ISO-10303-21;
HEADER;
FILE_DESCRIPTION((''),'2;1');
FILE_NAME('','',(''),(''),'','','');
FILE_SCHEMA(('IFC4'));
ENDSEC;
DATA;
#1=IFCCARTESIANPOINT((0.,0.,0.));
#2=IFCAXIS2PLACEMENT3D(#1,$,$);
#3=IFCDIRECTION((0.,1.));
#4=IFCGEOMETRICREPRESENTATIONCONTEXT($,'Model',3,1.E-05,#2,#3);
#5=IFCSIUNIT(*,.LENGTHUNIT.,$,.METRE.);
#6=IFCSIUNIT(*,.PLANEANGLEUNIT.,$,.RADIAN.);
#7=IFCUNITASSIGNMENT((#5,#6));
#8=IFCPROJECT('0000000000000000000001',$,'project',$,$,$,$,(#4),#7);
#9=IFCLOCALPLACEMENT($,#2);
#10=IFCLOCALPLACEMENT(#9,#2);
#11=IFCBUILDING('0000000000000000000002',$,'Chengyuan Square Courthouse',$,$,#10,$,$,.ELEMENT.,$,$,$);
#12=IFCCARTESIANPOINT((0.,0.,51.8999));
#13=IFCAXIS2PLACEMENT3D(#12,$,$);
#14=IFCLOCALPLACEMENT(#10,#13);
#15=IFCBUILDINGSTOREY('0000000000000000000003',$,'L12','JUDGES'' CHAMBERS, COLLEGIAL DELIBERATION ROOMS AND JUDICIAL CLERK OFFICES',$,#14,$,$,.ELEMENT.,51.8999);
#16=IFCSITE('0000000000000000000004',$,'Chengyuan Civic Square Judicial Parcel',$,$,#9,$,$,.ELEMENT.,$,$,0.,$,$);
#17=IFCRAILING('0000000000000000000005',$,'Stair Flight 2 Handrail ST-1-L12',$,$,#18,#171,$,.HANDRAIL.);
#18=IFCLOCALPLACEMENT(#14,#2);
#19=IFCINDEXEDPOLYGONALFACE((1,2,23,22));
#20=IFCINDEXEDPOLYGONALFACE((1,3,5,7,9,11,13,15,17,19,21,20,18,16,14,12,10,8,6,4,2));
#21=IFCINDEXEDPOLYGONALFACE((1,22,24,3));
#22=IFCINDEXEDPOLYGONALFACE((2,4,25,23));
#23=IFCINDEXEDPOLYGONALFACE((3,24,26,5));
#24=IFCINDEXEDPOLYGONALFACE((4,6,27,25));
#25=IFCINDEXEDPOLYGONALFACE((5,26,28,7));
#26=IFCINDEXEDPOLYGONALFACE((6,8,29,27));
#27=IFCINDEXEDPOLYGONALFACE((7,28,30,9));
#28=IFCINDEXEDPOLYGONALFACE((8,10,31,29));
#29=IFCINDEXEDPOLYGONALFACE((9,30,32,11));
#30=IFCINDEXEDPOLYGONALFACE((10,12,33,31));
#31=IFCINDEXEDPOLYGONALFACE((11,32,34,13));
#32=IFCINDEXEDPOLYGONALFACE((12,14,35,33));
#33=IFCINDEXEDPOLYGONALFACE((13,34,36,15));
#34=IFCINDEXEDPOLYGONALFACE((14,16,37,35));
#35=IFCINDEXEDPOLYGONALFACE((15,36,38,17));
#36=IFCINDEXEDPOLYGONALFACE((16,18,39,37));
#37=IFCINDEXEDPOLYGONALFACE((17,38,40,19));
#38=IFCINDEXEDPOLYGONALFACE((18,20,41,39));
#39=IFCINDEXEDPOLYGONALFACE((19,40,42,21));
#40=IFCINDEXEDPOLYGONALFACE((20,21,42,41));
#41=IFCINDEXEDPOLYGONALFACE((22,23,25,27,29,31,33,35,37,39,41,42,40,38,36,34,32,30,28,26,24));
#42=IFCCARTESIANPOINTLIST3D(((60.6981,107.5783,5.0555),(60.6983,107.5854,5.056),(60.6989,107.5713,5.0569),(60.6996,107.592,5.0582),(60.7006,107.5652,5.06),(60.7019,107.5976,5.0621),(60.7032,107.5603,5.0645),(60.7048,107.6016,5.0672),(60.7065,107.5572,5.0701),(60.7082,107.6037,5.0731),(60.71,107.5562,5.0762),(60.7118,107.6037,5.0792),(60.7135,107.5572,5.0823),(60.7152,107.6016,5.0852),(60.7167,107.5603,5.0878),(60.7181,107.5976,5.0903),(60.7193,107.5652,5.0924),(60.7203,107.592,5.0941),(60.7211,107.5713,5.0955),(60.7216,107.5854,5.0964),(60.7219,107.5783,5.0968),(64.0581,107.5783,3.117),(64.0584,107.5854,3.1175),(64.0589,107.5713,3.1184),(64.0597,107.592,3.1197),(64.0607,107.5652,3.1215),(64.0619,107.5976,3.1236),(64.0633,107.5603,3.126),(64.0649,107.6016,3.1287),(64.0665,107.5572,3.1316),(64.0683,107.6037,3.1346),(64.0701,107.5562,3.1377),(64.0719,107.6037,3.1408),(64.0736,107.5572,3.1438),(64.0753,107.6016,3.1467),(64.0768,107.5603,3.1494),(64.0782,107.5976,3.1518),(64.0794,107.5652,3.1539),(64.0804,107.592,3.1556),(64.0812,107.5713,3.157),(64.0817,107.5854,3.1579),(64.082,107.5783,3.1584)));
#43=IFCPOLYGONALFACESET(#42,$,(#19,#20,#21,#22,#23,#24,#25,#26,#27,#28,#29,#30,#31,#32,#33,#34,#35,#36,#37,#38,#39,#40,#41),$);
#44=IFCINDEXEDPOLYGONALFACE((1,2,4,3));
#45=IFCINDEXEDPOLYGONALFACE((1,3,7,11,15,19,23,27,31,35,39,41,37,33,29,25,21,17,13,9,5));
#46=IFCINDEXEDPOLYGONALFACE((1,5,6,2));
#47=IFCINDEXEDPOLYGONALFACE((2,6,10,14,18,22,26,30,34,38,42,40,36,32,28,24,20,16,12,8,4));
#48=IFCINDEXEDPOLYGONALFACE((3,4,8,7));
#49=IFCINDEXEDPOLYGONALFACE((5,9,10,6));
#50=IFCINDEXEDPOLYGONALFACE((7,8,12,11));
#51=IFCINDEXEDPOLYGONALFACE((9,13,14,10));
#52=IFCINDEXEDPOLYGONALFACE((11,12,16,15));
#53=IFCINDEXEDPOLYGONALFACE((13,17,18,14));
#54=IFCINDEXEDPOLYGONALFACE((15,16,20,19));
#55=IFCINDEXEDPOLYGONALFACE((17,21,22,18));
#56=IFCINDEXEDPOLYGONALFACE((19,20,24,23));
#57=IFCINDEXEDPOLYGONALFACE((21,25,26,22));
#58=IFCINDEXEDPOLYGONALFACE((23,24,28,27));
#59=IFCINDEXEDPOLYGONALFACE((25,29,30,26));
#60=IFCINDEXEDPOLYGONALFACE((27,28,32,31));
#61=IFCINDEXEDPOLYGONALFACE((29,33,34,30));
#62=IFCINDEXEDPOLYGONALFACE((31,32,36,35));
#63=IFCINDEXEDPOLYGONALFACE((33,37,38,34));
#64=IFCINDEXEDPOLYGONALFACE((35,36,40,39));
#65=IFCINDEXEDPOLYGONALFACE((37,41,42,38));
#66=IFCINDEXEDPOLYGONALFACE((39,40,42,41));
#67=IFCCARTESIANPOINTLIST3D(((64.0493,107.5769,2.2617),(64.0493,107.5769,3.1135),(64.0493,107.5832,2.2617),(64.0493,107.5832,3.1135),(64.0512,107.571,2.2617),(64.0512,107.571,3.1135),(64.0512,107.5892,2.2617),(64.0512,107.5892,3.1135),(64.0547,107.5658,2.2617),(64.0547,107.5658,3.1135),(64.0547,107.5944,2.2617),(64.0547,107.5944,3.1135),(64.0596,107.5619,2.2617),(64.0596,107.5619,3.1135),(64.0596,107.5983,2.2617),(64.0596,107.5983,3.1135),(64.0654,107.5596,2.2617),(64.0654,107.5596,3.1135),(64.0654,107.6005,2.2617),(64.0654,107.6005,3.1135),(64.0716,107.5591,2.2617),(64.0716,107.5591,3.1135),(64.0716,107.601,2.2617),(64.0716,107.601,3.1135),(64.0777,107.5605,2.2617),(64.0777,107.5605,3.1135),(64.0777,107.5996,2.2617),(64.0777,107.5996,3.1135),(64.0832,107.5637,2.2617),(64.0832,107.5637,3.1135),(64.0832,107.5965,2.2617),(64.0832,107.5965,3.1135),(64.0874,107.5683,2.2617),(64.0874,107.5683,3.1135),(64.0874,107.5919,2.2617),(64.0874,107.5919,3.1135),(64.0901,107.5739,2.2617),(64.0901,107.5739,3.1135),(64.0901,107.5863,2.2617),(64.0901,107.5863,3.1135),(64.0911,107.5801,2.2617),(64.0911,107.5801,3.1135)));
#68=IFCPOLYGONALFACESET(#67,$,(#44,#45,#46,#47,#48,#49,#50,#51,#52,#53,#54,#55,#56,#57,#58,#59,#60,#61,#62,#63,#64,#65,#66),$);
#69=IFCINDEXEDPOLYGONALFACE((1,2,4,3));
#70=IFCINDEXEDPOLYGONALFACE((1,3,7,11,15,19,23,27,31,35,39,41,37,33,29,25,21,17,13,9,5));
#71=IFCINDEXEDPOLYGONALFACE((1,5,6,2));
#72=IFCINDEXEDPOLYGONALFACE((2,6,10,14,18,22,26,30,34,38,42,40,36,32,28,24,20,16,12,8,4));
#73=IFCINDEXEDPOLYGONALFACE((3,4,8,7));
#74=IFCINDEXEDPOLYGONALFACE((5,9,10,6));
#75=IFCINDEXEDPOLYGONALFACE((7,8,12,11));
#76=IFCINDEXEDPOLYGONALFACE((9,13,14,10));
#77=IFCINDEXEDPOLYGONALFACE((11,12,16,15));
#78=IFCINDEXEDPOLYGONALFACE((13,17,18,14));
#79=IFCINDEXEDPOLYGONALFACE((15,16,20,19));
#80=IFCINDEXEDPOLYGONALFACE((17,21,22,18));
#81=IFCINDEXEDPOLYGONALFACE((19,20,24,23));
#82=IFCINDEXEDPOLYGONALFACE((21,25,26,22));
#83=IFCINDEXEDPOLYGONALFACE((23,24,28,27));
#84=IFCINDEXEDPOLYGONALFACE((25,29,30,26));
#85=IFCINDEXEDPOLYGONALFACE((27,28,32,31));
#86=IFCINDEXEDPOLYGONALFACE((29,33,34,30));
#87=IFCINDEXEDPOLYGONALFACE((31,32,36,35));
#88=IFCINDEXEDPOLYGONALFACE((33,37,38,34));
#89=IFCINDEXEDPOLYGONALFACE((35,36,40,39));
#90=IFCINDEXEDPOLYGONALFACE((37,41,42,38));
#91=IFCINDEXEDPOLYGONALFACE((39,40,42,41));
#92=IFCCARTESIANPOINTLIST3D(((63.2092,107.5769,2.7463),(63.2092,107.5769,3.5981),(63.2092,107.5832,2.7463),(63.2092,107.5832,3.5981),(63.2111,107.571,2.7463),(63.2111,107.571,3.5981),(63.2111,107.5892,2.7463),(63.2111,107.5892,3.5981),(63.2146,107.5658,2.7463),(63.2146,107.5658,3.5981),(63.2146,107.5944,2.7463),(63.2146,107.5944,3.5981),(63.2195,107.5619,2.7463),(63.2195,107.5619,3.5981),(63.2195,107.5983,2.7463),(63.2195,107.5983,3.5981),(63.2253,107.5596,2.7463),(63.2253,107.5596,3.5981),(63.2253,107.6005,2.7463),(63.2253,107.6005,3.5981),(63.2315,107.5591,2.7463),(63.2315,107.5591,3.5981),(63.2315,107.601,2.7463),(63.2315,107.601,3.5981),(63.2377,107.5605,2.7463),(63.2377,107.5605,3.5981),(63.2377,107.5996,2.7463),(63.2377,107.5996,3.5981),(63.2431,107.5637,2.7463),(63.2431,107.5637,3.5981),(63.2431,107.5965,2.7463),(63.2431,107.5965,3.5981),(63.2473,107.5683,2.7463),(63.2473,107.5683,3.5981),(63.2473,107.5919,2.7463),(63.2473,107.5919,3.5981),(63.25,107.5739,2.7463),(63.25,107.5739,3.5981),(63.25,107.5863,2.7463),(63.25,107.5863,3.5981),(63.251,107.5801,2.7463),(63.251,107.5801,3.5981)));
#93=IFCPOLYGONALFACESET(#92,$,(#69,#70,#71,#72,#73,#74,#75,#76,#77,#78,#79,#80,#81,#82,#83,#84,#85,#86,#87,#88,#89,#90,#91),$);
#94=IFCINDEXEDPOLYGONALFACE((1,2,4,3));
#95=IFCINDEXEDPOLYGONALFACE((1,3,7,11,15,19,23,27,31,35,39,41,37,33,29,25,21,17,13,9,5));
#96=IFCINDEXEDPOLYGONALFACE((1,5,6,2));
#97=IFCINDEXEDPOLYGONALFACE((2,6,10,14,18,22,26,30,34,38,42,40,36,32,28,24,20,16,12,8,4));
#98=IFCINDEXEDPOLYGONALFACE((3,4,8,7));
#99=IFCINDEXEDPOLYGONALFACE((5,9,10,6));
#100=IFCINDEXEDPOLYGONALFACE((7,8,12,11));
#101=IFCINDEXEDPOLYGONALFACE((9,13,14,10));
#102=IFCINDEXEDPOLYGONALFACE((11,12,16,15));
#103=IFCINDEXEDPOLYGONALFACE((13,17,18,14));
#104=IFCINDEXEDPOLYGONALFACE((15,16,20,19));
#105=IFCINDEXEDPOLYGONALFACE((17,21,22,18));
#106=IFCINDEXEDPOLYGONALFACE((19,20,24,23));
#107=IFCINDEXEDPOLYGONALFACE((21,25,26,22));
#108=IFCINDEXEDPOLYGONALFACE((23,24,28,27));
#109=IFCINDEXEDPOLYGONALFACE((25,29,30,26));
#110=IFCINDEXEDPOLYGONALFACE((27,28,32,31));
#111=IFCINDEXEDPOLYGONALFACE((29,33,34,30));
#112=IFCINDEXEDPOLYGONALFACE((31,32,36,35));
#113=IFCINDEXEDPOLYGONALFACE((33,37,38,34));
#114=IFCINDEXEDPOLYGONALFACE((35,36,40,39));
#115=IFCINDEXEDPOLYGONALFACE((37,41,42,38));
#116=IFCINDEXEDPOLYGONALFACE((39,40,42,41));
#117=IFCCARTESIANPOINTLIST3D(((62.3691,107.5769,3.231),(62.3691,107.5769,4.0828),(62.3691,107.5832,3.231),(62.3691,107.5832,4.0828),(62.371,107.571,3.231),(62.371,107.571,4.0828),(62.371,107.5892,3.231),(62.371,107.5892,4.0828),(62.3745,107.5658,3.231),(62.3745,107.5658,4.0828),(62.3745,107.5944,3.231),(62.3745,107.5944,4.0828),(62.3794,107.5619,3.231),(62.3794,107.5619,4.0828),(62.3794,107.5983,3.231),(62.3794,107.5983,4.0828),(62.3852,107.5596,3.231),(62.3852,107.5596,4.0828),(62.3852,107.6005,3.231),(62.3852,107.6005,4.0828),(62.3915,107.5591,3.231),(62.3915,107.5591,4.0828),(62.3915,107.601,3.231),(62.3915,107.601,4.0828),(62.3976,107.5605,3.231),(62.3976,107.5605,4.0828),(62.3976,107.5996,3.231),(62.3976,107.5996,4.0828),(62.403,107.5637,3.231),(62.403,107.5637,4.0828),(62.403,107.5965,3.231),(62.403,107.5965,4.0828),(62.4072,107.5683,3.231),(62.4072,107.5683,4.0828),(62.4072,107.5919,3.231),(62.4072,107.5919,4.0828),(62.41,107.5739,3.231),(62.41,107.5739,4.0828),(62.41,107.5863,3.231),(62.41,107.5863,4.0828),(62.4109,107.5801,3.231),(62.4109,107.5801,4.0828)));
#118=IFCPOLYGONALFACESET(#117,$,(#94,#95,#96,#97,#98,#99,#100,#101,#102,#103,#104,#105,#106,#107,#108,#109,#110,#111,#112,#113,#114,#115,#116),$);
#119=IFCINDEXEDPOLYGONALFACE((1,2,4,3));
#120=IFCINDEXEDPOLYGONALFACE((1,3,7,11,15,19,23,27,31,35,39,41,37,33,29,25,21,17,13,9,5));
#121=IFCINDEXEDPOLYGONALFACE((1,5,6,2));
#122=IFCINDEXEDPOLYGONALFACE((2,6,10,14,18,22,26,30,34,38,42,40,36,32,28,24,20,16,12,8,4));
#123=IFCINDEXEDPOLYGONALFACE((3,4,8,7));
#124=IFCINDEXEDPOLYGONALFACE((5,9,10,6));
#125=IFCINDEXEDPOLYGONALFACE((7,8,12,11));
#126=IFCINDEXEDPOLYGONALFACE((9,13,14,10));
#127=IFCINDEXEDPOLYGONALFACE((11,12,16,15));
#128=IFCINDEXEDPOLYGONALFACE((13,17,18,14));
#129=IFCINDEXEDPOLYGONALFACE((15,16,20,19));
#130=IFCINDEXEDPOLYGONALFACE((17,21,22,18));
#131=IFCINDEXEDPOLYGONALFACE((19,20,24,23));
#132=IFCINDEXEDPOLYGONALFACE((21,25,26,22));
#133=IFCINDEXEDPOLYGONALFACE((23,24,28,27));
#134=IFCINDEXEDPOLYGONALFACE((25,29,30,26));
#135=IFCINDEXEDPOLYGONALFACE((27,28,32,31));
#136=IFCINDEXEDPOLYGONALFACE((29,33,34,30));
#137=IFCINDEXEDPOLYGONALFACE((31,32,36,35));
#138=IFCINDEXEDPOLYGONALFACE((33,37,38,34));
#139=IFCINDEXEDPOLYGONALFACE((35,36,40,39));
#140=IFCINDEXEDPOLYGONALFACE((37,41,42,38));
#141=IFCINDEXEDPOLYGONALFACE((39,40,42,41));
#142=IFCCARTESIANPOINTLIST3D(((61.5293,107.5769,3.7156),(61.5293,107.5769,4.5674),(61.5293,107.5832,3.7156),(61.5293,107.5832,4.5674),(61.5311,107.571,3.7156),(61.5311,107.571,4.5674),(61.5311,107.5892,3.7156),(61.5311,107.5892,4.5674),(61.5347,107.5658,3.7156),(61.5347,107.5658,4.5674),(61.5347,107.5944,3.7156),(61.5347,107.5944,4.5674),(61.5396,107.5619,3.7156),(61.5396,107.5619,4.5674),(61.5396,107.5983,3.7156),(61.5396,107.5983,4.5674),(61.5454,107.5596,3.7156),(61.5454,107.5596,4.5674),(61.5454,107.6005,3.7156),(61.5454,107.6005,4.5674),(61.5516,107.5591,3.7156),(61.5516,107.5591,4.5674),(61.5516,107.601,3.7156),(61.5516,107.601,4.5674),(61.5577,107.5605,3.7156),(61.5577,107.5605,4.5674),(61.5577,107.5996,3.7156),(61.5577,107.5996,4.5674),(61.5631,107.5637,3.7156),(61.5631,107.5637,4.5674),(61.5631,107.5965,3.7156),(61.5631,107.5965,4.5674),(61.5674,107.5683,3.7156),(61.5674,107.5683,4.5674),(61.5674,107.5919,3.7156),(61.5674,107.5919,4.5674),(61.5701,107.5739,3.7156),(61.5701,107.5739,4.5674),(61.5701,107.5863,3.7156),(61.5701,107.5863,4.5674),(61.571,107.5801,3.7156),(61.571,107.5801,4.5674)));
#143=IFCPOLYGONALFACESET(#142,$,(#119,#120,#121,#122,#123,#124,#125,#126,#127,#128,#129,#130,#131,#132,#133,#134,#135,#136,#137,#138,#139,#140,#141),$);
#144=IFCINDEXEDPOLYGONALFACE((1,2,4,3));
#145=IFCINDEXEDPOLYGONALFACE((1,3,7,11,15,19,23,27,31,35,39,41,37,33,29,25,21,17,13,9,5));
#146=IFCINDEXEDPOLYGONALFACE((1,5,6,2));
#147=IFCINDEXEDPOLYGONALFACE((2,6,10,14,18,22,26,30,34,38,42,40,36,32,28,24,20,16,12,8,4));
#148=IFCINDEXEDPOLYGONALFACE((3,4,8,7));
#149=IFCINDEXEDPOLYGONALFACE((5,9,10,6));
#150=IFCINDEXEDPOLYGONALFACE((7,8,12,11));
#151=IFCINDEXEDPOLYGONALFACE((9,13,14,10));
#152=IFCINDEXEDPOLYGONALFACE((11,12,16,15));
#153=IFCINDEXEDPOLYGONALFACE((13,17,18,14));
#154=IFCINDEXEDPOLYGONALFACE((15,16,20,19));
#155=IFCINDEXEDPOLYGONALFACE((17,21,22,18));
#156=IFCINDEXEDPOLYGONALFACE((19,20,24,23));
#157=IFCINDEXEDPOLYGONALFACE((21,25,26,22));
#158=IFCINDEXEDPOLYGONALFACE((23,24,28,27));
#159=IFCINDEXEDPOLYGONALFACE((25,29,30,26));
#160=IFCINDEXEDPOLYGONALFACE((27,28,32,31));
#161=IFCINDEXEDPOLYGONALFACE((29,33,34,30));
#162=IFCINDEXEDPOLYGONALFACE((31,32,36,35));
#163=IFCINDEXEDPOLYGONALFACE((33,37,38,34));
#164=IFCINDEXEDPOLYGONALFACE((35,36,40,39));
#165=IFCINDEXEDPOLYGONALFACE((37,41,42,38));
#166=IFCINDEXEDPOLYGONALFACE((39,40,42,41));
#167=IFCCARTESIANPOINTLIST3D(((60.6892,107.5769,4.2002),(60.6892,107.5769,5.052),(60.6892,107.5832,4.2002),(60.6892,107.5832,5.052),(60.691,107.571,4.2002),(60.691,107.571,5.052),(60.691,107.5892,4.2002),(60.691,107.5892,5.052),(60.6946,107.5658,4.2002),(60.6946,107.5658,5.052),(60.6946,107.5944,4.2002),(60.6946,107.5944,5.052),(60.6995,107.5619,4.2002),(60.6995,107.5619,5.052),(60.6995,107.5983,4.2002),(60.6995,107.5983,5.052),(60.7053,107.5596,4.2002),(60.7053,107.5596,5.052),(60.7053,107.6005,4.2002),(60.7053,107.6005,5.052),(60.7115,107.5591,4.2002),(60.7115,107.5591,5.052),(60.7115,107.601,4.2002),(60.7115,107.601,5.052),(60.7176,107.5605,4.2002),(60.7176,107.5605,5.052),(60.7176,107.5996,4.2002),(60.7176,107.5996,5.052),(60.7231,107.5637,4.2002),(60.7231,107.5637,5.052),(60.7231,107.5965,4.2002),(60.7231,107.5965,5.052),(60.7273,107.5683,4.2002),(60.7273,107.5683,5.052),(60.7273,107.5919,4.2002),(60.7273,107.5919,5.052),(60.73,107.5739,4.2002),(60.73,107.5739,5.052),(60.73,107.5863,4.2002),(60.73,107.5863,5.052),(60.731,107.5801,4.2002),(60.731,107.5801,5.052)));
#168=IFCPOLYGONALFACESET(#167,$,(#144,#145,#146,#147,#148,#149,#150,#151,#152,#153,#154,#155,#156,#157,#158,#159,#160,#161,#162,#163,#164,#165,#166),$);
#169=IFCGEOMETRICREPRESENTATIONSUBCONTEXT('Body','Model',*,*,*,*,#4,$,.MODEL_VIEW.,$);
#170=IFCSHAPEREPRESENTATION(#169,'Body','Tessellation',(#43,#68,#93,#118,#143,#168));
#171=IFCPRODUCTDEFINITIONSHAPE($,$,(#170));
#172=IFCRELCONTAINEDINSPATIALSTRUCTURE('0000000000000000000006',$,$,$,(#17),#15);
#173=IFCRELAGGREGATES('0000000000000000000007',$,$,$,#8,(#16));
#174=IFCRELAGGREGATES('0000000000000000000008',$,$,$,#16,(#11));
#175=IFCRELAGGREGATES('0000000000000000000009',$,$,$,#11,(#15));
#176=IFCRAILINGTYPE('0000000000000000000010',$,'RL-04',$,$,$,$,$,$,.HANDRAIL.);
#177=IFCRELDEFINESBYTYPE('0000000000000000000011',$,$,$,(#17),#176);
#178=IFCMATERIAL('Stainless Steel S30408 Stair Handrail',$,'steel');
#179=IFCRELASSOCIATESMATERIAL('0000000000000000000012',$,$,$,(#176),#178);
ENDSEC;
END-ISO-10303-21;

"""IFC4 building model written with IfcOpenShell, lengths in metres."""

from ifc_helpers import new_model, si_unit, direction, frame, origin, origin_2d, place, context, subcontext, project, spatial, circle, extrude, material, type_object, element, save


model = new_model("IFC4")

# Units and contexts
model_context = context("Model", 3, precision=1e-05, world=origin(), true_north=direction((0.0, 1.0)))
body_context = subcontext(model_context, "Body", "Model", "MODEL_VIEW")
ifc_project = project(units=[si_unit("LENGTHUNIT", "METRE"), si_unit("PLANEANGLEUNIT", "RADIAN")], contexts=[model_context])

# Site, building, storey
site_placement = place(None, origin())
site = spatial("IfcSite", under=ifc_project, at=site_placement, Name="Chengyuan Civic Square Judicial Parcel", CompositionType="ELEMENT", RefElevation=0.0)
building_placement = place(site_placement, origin())
building = spatial("IfcBuilding", under=site, at=building_placement, Name="Chengyuan Square Courthouse", CompositionType="ELEMENT")
storey_placement = place(building_placement, frame((0.0, 0.0, 51.8999)))
storey = spatial("IfcBuildingStorey", under=building, at=storey_placement, Name="L12", Description="JUDGES' CHAMBERS, COLLEGIAL DELIBERATION ROOMS AND JUDICIAL CLERK OFFICES", CompositionType="ELEMENT", Elevation=51.8999)

# Railing
ifc_material_1 = material(Name="Stainless Steel S30408 Stair Handrail", Category="steel")
railing_type = type_object("IfcRailingType", Name="RL-04", PredefinedType="HANDRAIL", material=ifc_material_1)
railing_placement = place(storey_placement, frame((64.0701, 107.5801, 2.2617)))
element("IfcRailing", 1, at=railing_placement, inside=storey, type_object=railing_type, Name="Stair Flight 2 Handrail ST-1-L12", PredefinedType="HANDRAIL", context=body_context, shape_type="SweptSolid", body=[
    extrude(circle(Radius=0.0239, at=origin_2d()), frame((0.0, 0.0, 0.876), z_axis=(-0.866191, 0.0, 0.499713), x_axis=(0.0, -1.0, 0.0)), (0.0, 0.0, 1.0), 3.8792),
    extrude(circle(Radius=0.021, at=origin_2d()), origin(), (0.0, 0.0, 1.0), 0.8518),
    extrude(circle(Radius=0.021, at=origin_2d()), frame((-0.8401, 0.0, 0.4846)), (0.0, 0.0, 1.0), 0.8518),
    extrude(circle(Radius=0.021, at=origin_2d()), frame((-1.6802, 0.0, 0.9692)), (0.0, 0.0, 1.0), 0.8518),
    extrude(circle(Radius=0.021, at=origin_2d()), frame((-2.52, 0.0, 1.4539)), (0.0, 0.0, 1.0), 0.8518),
    extrude(circle(Radius=0.021, at=origin_2d()), frame((-3.3601, 0.0, 1.9385)), (0.0, 0.0, 1.0), 0.8518),
])

save(model, "model.ifc")
